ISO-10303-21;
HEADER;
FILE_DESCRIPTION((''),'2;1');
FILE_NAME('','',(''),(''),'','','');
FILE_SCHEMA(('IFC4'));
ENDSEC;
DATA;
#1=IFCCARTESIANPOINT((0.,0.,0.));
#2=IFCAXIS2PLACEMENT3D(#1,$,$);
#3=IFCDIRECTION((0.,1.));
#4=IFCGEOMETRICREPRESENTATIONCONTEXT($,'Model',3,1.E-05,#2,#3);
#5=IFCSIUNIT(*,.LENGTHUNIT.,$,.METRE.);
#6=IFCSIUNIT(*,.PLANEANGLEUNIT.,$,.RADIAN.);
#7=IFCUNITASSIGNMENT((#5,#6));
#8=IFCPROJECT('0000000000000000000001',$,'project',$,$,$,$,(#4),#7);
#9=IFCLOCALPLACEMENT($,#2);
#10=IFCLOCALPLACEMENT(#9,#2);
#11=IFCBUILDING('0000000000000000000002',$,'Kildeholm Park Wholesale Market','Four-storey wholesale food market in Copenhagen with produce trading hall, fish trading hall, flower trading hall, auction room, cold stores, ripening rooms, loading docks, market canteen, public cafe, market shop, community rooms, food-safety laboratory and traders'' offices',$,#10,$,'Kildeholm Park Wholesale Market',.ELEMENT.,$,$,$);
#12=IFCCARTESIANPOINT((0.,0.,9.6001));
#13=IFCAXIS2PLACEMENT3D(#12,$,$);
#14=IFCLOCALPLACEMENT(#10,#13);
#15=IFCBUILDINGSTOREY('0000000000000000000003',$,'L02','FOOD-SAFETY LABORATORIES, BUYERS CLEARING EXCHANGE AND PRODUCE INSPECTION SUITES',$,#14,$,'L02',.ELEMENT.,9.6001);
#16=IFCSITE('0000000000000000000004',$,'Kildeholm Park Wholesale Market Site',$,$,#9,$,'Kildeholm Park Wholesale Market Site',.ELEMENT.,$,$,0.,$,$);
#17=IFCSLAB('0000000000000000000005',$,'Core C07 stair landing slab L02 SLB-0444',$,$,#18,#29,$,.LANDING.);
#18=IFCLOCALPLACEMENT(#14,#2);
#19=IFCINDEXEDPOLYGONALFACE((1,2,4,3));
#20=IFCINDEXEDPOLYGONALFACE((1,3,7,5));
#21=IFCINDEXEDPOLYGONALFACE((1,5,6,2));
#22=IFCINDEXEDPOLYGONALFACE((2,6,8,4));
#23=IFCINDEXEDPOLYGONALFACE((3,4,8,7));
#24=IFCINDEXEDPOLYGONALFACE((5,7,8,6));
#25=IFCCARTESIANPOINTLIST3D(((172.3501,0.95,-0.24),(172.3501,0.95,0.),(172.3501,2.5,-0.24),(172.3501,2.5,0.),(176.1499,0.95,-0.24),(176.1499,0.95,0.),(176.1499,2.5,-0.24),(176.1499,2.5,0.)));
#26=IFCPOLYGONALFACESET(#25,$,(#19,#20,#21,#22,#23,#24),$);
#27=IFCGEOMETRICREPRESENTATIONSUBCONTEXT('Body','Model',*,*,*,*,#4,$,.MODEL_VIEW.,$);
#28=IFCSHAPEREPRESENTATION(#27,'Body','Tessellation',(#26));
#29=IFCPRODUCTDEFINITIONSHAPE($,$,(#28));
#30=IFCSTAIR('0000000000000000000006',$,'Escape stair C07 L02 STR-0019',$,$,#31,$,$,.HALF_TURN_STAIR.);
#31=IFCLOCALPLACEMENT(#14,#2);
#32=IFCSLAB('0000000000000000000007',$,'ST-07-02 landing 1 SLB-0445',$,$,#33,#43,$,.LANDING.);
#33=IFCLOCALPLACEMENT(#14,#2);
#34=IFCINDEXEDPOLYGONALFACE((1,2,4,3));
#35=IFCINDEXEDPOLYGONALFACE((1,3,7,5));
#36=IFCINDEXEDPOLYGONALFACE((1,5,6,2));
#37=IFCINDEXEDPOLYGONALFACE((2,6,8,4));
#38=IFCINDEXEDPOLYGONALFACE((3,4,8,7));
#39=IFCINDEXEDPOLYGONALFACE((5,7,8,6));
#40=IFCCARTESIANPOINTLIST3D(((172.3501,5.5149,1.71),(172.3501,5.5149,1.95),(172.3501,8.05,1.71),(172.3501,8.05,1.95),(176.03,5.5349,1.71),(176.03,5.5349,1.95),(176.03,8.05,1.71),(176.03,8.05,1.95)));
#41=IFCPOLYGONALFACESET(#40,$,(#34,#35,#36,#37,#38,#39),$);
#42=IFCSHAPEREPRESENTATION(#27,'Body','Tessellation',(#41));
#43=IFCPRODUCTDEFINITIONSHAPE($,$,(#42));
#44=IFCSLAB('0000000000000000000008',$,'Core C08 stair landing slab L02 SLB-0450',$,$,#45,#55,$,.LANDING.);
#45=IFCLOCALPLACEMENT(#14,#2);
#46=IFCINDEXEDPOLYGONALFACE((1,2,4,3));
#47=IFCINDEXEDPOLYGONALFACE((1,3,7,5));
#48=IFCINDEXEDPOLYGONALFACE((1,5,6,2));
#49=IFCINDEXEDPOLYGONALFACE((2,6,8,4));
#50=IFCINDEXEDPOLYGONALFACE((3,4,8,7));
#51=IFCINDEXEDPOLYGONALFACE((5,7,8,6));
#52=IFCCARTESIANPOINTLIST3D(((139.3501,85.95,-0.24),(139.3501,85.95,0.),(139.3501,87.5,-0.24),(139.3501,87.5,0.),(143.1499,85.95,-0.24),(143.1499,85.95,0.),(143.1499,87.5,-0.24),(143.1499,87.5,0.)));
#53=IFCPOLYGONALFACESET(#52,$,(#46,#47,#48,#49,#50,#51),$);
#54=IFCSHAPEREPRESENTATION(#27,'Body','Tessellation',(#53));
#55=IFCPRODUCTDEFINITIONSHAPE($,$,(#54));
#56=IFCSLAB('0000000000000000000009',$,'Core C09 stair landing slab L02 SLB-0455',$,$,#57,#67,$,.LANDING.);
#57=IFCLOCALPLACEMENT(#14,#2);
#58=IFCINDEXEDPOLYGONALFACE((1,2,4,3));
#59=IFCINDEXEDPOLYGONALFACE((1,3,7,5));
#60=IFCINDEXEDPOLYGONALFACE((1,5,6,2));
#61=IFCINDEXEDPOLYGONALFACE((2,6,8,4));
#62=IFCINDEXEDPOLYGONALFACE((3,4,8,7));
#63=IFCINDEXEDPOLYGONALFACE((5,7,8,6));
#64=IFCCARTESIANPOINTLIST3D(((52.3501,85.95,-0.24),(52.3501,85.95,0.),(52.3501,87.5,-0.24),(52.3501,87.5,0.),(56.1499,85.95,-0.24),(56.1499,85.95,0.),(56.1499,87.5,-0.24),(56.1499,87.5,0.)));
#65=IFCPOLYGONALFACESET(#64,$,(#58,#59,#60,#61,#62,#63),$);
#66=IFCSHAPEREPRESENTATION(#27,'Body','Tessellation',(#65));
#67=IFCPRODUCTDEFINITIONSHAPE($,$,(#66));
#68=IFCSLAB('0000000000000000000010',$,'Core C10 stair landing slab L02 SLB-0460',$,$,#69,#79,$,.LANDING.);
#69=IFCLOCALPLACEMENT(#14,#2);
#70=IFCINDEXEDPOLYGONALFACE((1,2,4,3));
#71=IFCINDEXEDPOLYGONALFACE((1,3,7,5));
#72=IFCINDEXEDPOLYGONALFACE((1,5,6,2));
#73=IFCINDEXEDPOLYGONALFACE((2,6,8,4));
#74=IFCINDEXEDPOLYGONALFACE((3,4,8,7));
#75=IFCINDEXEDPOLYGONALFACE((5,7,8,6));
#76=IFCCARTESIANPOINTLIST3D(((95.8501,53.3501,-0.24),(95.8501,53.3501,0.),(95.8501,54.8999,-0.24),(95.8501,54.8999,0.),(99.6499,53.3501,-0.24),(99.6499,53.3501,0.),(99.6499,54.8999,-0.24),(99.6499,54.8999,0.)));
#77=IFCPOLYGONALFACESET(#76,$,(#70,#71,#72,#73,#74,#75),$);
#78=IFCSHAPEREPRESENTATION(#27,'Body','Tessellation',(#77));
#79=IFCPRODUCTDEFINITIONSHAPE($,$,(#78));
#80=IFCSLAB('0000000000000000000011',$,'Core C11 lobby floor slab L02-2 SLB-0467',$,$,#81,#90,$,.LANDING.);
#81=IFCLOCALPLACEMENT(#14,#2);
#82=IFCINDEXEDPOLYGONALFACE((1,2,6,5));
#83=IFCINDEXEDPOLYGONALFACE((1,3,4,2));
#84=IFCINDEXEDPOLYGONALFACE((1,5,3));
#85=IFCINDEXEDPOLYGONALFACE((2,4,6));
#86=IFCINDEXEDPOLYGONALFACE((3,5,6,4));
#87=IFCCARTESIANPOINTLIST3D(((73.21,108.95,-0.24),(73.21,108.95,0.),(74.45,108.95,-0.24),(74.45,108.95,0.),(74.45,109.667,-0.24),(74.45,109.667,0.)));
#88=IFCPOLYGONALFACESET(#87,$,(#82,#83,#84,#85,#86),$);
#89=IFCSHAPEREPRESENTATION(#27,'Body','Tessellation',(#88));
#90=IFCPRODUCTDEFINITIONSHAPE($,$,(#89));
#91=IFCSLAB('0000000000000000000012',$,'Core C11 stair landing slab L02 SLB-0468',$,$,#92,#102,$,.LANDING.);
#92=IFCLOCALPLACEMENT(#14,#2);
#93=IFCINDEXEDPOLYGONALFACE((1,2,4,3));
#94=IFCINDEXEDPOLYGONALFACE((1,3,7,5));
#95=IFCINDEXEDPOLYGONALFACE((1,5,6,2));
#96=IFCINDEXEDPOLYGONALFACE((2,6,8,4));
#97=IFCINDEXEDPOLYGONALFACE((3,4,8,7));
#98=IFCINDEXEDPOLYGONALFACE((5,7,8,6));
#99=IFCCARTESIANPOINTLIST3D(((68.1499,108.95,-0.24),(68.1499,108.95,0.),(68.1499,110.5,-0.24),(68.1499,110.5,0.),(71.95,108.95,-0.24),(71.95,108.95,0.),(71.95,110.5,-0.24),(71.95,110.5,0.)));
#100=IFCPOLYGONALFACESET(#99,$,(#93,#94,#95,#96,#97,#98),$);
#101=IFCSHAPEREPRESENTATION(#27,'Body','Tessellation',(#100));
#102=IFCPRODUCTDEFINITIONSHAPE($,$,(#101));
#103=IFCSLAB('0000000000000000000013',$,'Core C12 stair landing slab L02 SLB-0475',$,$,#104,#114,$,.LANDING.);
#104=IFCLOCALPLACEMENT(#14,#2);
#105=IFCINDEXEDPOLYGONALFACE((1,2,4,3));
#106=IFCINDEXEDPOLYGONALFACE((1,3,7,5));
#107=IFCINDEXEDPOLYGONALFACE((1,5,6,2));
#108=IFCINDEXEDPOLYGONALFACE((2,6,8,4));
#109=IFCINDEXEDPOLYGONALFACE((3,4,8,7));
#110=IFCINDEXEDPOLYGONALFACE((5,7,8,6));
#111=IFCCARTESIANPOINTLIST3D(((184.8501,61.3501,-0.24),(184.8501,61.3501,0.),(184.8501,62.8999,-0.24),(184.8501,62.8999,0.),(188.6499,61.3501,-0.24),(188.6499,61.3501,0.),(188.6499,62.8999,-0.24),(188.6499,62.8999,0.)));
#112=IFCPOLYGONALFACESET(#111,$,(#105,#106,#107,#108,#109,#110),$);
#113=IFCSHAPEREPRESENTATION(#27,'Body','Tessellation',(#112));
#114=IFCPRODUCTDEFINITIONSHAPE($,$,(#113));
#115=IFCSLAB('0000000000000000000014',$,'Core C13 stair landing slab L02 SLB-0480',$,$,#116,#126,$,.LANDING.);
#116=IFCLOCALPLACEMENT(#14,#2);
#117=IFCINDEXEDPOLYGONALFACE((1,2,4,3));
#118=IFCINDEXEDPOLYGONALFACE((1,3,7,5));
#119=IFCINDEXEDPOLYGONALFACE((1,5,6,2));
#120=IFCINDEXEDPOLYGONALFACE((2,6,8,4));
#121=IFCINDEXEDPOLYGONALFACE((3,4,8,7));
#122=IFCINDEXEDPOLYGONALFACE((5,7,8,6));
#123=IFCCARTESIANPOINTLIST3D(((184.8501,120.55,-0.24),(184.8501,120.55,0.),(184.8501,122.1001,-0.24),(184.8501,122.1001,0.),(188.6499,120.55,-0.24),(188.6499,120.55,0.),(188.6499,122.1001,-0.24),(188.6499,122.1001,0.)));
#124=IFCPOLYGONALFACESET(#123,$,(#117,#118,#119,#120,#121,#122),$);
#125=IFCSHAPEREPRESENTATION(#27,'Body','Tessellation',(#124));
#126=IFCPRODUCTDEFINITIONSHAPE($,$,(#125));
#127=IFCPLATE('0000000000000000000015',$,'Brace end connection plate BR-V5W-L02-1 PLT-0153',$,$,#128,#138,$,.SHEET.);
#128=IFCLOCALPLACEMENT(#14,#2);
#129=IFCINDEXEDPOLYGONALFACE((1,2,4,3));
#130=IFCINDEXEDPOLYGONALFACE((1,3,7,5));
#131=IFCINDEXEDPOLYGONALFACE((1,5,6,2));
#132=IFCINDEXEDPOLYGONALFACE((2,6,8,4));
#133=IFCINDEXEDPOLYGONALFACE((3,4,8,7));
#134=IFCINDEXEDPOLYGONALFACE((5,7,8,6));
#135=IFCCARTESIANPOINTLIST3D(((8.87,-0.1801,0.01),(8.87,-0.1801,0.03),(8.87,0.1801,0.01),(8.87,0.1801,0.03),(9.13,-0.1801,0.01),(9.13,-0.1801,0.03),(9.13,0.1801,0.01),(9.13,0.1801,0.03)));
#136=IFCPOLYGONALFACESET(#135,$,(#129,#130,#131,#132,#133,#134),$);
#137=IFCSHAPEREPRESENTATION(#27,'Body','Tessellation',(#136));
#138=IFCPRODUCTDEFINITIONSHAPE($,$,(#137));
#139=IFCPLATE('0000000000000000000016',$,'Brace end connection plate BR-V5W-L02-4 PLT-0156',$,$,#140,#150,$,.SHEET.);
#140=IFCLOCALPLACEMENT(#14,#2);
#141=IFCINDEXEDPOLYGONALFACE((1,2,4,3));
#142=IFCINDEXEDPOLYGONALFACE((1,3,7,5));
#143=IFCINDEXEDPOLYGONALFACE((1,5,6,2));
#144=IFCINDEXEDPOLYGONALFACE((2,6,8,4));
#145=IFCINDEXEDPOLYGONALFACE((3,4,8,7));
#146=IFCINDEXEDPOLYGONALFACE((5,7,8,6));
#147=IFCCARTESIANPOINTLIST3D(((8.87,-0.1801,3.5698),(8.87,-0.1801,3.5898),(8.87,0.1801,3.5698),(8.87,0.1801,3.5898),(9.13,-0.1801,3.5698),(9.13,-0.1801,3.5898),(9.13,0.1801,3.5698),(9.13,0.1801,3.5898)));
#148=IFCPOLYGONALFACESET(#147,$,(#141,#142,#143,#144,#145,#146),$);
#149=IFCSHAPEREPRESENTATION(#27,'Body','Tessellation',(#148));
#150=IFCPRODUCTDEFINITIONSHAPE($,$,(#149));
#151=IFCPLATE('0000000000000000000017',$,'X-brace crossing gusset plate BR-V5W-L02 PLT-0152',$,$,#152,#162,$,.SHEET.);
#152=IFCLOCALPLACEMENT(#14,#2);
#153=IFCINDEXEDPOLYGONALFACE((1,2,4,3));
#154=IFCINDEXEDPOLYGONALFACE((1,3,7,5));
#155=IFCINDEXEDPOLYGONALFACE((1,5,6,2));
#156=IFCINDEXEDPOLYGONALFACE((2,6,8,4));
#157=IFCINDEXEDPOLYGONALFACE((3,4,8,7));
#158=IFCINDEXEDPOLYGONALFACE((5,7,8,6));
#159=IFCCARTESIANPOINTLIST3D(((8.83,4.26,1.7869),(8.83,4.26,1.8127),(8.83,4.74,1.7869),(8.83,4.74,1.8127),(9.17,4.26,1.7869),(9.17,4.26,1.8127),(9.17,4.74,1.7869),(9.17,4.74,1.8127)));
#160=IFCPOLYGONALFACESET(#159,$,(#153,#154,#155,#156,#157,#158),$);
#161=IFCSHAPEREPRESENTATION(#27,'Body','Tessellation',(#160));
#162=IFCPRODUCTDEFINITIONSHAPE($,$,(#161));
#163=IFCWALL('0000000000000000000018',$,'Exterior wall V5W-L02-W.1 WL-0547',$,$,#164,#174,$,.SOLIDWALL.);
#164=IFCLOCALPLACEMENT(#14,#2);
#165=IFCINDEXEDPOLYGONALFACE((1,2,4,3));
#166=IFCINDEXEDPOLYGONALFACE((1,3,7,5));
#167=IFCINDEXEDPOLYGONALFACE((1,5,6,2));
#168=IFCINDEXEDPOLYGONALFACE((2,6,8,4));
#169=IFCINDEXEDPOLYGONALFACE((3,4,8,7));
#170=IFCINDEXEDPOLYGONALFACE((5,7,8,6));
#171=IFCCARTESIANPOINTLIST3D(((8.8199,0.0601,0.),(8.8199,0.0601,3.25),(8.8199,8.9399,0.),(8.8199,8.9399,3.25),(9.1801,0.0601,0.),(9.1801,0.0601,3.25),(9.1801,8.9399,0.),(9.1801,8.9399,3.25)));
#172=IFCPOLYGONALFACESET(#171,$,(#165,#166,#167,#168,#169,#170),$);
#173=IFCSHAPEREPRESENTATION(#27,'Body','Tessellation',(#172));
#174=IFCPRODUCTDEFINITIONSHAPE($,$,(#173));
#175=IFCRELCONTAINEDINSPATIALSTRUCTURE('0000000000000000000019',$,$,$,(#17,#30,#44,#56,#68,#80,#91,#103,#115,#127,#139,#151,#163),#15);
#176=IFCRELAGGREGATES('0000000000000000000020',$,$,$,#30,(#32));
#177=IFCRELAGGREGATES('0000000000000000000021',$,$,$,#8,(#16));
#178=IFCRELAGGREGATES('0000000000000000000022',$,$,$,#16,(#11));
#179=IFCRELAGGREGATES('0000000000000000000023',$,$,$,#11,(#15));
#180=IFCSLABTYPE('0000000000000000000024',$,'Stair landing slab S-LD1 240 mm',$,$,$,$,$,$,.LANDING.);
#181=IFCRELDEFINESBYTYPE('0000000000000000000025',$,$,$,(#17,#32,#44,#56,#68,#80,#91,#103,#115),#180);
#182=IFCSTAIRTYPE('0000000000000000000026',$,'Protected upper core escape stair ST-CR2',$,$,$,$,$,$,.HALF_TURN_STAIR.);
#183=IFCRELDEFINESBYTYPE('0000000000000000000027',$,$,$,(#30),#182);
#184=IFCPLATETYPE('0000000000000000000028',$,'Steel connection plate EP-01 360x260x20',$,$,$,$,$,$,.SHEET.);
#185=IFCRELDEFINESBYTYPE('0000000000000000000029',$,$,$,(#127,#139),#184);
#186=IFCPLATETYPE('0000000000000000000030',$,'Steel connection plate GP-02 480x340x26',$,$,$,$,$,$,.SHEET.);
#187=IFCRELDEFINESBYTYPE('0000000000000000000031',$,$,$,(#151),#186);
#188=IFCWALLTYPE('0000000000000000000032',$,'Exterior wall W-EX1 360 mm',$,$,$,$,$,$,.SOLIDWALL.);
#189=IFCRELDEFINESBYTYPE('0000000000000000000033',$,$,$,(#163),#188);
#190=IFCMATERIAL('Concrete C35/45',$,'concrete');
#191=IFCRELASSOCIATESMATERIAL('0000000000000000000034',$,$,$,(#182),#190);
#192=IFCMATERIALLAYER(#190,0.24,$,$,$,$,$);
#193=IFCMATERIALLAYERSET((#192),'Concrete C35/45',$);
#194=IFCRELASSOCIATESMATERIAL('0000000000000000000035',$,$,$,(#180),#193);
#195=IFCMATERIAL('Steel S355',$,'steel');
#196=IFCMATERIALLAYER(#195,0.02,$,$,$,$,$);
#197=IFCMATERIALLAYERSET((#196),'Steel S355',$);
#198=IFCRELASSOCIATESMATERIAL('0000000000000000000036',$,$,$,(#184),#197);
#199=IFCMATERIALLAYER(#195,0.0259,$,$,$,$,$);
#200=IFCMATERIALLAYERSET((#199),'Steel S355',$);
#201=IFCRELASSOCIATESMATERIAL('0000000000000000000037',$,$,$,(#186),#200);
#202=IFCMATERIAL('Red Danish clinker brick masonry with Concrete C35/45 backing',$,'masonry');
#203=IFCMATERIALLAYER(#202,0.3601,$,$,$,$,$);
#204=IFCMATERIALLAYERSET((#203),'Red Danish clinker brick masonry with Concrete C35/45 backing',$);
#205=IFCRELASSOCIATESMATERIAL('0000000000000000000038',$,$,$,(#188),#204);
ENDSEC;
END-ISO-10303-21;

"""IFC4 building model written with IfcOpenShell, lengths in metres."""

from ifc_helpers import new_model, si_unit, direction, frame, frame_2d, origin, origin_2d, place, context, subcontext, project, spatial, polyline, rectangle, outline, extrude, material, layer, layer_set, type_object, element, aggregate, save


model = new_model("IFC4")

# Units and contexts
model_context = context("Model", 3, precision=1e-05, world=origin(), true_north=direction((0.0, 1.0)))
body_context = subcontext(model_context, "Body", "Model", "MODEL_VIEW")
ifc_project = project(units=[si_unit("LENGTHUNIT", "METRE"), si_unit("PLANEANGLEUNIT", "RADIAN")], contexts=[model_context])

# Site, building, storey
site_placement = place(None, origin())
site = spatial("IfcSite", under=ifc_project, at=site_placement, Name="Kildeholm Park Wholesale Market Site", LongName="Kildeholm Park Wholesale Market Site", CompositionType="ELEMENT", RefElevation=0.0)
building_placement = place(site_placement, origin())
building = spatial("IfcBuilding", under=site, at=building_placement, Name="Kildeholm Park Wholesale Market", Description="Four-storey wholesale food market in Copenhagen with produce trading hall, fish trading hall, flower trading hall, auction room, cold stores, ripening rooms, loading docks, market canteen, public cafe, market shop, community rooms, food-safety laboratory and traders' offices", LongName="Kildeholm Park Wholesale Market", CompositionType="ELEMENT")
storey_placement = place(building_placement, frame((0.0, 0.0, 9.6001)))
storey = spatial("IfcBuildingStorey", under=building, at=storey_placement, Name="L02", Description="FOOD-SAFETY LABORATORIES, BUYERS CLEARING EXCHANGE AND PRODUCE INSPECTION SUITES", LongName="L02", CompositionType="ELEMENT", Elevation=9.6001)

# Shared definitions
ifc_material_1 = material(Name="Steel S355", Category="steel")

# Shared definitions
ifc_material_2 = material(Name="Concrete C35/45", Category="concrete")

# Shared definitions
stair_type = type_object("IfcStairType", Name="Protected upper core escape stair ST-CR2", PredefinedType="HALF_TURN_STAIR", material=ifc_material_2)
ifc_layer_1 = layer(ifc_material_2, 0.24)
ifc_layer_set_1 = layer_set([ifc_layer_1], Name="Concrete C35/45")
slab_type_1 = type_object("IfcSlabType", Name="Stair landing slab S-LD1 240 mm", PredefinedType="LANDING", material=ifc_layer_set_1)

# Slab
slab_1_placement = place(storey_placement, frame((0.0, 0.0, -0.24)))
element("IfcSlab", 1, at=slab_1_placement, inside=storey, type_object=slab_type_1, Name="Core C07 stair landing slab L02 SLB-0444", PredefinedType="LANDING", context=body_context, shape_type="SweptSolid", body=[
    extrude(outline(polyline([(172.3501, 0.95), (176.1499, 0.95), (176.1499, 2.5), (172.3501, 2.5), (172.3501, 0.95)])), origin(), (0.0, 0.0, 1.0), 0.24),
])

# Stair, slab
stair_1_placement = place(storey_placement, origin())
stair_1 = element("IfcStair", 2, at=stair_1_placement, inside=storey, type_object=stair_type, Name="Escape stair C07 L02 STR-0019", PredefinedType="HALF_TURN_STAIR")
slab_2_placement = place(storey_placement, frame((0.0, 0.0, 1.71)))
slab_2 = element("IfcSlab", 3, at=slab_2_placement, type_object=slab_type_1, Name="ST-07-02 landing 1 SLB-0445", PredefinedType="LANDING", context=body_context, shape_type="SweptSolid", body=[
    extrude(outline(polyline([(172.3501, 5.5149), (176.03, 5.5349), (176.03, 8.05), (172.3501, 8.05), (172.3501, 5.5149)])), origin(), (0.0, 0.0, 1.0), 0.24),
])
aggregate(stair_1, [slab_2])

# Slabs
slab_3_placement = place(storey_placement, frame((0.0, 0.0, -0.24)))
element("IfcSlab", 4, at=slab_3_placement, inside=storey, type_object=slab_type_1, Name="Core C08 stair landing slab L02 SLB-0450", PredefinedType="LANDING", context=body_context, shape_type="SweptSolid", body=[
    extrude(outline(polyline([(139.3501, 85.95), (143.1499, 85.95), (143.1499, 87.5), (139.3501, 87.5), (139.3501, 85.95)])), origin(), (0.0, 0.0, 1.0), 0.24),
])
slab_4_placement = place(storey_placement, frame((0.0, 0.0, -0.24)))
element("IfcSlab", 5, at=slab_4_placement, inside=storey, type_object=slab_type_1, Name="Core C09 stair landing slab L02 SLB-0455", PredefinedType="LANDING", context=body_context, shape_type="SweptSolid", body=[
    extrude(outline(polyline([(52.3501, 85.95), (56.1499, 85.95), (56.1499, 87.5), (52.3501, 87.5), (52.3501, 85.95)])), origin(), (0.0, 0.0, 1.0), 0.24),
])
slab_5_placement = place(storey_placement, frame((0.0, 0.0, -0.24)))
element("IfcSlab", 6, at=slab_5_placement, inside=storey, type_object=slab_type_1, Name="Core C10 stair landing slab L02 SLB-0460", PredefinedType="LANDING", context=body_context, shape_type="SweptSolid", body=[
    extrude(outline(polyline([(95.8501, 53.3501), (99.6499, 53.3501), (99.6499, 54.8999), (95.8501, 54.8999), (95.8501, 53.3501)])), origin(), (0.0, 0.0, 1.0), 0.24),
])
slab_6_placement = place(storey_placement, frame((0.0, 0.0, -0.24)))
element("IfcSlab", 7, at=slab_6_placement, inside=storey, type_object=slab_type_1, Name="Core C11 lobby floor slab L02-2 SLB-0467", PredefinedType="LANDING", context=body_context, shape_type="SweptSolid", body=[
    extrude(outline(polyline([(74.45, 108.95), (73.21, 108.95), (74.45, 109.667), (74.45, 108.95)])), origin(), (0.0, 0.0, 1.0), 0.24),
])
slab_7_placement = place(storey_placement, frame((0.0, 0.0, -0.24)))
element("IfcSlab", 8, at=slab_7_placement, inside=storey, type_object=slab_type_1, Name="Core C11 stair landing slab L02 SLB-0468", PredefinedType="LANDING", context=body_context, shape_type="SweptSolid", body=[
    extrude(outline(polyline([(68.1499, 108.95), (71.95, 108.95), (71.95, 110.5), (68.1499, 110.5), (68.1499, 108.95)])), origin(), (0.0, 0.0, 1.0), 0.24),
])
slab_8_placement = place(storey_placement, frame((0.0, 0.0, -0.24)))
element("IfcSlab", 9, at=slab_8_placement, inside=storey, type_object=slab_type_1, Name="Core C12 stair landing slab L02 SLB-0475", PredefinedType="LANDING", context=body_context, shape_type="SweptSolid", body=[
    extrude(outline(polyline([(184.8501, 61.3501), (188.6499, 61.3501), (188.6499, 62.8999), (184.8501, 62.8999), (184.8501, 61.3501)])), origin(), (0.0, 0.0, 1.0), 0.24),
])
slab_9_placement = place(storey_placement, frame((0.0, 0.0, -0.24)))
element("IfcSlab", 10, at=slab_9_placement, inside=storey, type_object=slab_type_1, Name="Core C13 stair landing slab L02 SLB-0480", PredefinedType="LANDING", context=body_context, shape_type="SweptSolid", body=[
    extrude(outline(polyline([(184.8501, 120.55), (188.6499, 120.55), (188.6499, 122.1001), (184.8501, 122.1001), (184.8501, 120.55)])), origin(), (0.0, 0.0, 1.0), 0.24),
])

# Plates
ifc_layer_2 = layer(ifc_material_1, 0.02)
ifc_layer_set_2 = layer_set([ifc_layer_2], Name="Steel S355")
plate_type_1 = type_object("IfcPlateType", Name="Steel connection plate EP-01 360x260x20", PredefinedType="SHEET", material=ifc_layer_set_2)
for number, where, z_axis, x_axis, name in (
    (11, (9.0, 0.0, 0.01), (0.0, 0.0, 1.0), (0.0, 1.0, 0.0), "Brace end connection plate BR-V5W-L02-1 PLT-0153"),
    (12, (9.0, 0.0, 3.5698), (0.0, 0.0, 1.0), (0.0, 1.0, 0.0), "Brace end connection plate BR-V5W-L02-4 PLT-0156"),
):
    element("IfcPlate", number, at=place(storey_placement, frame(where, z_axis=z_axis, x_axis=x_axis)), inside=storey, type_object=plate_type_1, Name=name, PredefinedType="SHEET", context=body_context, shape_type="SweptSolid", body=[
        extrude(rectangle(XDim=0.3601, YDim=0.26, at=origin_2d()), origin(), (0.0, 0.0, 1.0), 0.02),
    ])
ifc_layer_3 = layer(ifc_material_1, 0.0259)
ifc_layer_set_3 = layer_set([ifc_layer_3], Name="Steel S355")
plate_type_2 = type_object("IfcPlateType", Name="Steel connection plate GP-02 480x340x26", PredefinedType="SHEET", material=ifc_layer_set_3)
plate_placement = place(storey_placement, frame((9.0, 4.5, 1.7869), z_axis=(0.0, 0.0, 1.0), x_axis=(0.0, 1.0, 0.0)))
element("IfcPlate", 13, at=plate_placement, inside=storey, type_object=plate_type_2, Name="X-brace crossing gusset plate BR-V5W-L02 PLT-0152", PredefinedType="SHEET", context=body_context, shape_type="SweptSolid", body=[
    extrude(rectangle(XDim=0.48, YDim=0.3401, at=origin_2d()), origin(), (0.0, 0.0, 1.0), 0.0259),
])

# Wall
ifc_material_3 = material(Name="Red Danish clinker brick masonry with Concrete C35/45 backing", Category="masonry")
ifc_layer_4 = layer(ifc_material_3, 0.3601)
ifc_layer_set_4 = layer_set([ifc_layer_4], Name="Red Danish clinker brick masonry with Concrete C35/45 backing")
wall_type = type_object("IfcWallType", Name="Exterior wall W-EX1 360 mm", PredefinedType="SOLIDWALL", material=ifc_layer_set_4)
wall_placement = place(storey_placement, frame((9.0, 0.0601, 0.0), z_axis=(0.0, 0.0, 1.0), x_axis=(0.0, 1.0, 0.0)))
element("IfcWall", 14, at=wall_placement, inside=storey, type_object=wall_type, Name="Exterior wall V5W-L02-W.1 WL-0547", PredefinedType="SOLIDWALL", context=body_context, shape_type="SweptSolid", body=[
    extrude(rectangle(XDim=8.8799, YDim=0.3601, at=frame_2d((4.4399, 0.0))), origin(), (0.0, 0.0, 1.0), 3.25),
])

save(model, "model.ifc")
